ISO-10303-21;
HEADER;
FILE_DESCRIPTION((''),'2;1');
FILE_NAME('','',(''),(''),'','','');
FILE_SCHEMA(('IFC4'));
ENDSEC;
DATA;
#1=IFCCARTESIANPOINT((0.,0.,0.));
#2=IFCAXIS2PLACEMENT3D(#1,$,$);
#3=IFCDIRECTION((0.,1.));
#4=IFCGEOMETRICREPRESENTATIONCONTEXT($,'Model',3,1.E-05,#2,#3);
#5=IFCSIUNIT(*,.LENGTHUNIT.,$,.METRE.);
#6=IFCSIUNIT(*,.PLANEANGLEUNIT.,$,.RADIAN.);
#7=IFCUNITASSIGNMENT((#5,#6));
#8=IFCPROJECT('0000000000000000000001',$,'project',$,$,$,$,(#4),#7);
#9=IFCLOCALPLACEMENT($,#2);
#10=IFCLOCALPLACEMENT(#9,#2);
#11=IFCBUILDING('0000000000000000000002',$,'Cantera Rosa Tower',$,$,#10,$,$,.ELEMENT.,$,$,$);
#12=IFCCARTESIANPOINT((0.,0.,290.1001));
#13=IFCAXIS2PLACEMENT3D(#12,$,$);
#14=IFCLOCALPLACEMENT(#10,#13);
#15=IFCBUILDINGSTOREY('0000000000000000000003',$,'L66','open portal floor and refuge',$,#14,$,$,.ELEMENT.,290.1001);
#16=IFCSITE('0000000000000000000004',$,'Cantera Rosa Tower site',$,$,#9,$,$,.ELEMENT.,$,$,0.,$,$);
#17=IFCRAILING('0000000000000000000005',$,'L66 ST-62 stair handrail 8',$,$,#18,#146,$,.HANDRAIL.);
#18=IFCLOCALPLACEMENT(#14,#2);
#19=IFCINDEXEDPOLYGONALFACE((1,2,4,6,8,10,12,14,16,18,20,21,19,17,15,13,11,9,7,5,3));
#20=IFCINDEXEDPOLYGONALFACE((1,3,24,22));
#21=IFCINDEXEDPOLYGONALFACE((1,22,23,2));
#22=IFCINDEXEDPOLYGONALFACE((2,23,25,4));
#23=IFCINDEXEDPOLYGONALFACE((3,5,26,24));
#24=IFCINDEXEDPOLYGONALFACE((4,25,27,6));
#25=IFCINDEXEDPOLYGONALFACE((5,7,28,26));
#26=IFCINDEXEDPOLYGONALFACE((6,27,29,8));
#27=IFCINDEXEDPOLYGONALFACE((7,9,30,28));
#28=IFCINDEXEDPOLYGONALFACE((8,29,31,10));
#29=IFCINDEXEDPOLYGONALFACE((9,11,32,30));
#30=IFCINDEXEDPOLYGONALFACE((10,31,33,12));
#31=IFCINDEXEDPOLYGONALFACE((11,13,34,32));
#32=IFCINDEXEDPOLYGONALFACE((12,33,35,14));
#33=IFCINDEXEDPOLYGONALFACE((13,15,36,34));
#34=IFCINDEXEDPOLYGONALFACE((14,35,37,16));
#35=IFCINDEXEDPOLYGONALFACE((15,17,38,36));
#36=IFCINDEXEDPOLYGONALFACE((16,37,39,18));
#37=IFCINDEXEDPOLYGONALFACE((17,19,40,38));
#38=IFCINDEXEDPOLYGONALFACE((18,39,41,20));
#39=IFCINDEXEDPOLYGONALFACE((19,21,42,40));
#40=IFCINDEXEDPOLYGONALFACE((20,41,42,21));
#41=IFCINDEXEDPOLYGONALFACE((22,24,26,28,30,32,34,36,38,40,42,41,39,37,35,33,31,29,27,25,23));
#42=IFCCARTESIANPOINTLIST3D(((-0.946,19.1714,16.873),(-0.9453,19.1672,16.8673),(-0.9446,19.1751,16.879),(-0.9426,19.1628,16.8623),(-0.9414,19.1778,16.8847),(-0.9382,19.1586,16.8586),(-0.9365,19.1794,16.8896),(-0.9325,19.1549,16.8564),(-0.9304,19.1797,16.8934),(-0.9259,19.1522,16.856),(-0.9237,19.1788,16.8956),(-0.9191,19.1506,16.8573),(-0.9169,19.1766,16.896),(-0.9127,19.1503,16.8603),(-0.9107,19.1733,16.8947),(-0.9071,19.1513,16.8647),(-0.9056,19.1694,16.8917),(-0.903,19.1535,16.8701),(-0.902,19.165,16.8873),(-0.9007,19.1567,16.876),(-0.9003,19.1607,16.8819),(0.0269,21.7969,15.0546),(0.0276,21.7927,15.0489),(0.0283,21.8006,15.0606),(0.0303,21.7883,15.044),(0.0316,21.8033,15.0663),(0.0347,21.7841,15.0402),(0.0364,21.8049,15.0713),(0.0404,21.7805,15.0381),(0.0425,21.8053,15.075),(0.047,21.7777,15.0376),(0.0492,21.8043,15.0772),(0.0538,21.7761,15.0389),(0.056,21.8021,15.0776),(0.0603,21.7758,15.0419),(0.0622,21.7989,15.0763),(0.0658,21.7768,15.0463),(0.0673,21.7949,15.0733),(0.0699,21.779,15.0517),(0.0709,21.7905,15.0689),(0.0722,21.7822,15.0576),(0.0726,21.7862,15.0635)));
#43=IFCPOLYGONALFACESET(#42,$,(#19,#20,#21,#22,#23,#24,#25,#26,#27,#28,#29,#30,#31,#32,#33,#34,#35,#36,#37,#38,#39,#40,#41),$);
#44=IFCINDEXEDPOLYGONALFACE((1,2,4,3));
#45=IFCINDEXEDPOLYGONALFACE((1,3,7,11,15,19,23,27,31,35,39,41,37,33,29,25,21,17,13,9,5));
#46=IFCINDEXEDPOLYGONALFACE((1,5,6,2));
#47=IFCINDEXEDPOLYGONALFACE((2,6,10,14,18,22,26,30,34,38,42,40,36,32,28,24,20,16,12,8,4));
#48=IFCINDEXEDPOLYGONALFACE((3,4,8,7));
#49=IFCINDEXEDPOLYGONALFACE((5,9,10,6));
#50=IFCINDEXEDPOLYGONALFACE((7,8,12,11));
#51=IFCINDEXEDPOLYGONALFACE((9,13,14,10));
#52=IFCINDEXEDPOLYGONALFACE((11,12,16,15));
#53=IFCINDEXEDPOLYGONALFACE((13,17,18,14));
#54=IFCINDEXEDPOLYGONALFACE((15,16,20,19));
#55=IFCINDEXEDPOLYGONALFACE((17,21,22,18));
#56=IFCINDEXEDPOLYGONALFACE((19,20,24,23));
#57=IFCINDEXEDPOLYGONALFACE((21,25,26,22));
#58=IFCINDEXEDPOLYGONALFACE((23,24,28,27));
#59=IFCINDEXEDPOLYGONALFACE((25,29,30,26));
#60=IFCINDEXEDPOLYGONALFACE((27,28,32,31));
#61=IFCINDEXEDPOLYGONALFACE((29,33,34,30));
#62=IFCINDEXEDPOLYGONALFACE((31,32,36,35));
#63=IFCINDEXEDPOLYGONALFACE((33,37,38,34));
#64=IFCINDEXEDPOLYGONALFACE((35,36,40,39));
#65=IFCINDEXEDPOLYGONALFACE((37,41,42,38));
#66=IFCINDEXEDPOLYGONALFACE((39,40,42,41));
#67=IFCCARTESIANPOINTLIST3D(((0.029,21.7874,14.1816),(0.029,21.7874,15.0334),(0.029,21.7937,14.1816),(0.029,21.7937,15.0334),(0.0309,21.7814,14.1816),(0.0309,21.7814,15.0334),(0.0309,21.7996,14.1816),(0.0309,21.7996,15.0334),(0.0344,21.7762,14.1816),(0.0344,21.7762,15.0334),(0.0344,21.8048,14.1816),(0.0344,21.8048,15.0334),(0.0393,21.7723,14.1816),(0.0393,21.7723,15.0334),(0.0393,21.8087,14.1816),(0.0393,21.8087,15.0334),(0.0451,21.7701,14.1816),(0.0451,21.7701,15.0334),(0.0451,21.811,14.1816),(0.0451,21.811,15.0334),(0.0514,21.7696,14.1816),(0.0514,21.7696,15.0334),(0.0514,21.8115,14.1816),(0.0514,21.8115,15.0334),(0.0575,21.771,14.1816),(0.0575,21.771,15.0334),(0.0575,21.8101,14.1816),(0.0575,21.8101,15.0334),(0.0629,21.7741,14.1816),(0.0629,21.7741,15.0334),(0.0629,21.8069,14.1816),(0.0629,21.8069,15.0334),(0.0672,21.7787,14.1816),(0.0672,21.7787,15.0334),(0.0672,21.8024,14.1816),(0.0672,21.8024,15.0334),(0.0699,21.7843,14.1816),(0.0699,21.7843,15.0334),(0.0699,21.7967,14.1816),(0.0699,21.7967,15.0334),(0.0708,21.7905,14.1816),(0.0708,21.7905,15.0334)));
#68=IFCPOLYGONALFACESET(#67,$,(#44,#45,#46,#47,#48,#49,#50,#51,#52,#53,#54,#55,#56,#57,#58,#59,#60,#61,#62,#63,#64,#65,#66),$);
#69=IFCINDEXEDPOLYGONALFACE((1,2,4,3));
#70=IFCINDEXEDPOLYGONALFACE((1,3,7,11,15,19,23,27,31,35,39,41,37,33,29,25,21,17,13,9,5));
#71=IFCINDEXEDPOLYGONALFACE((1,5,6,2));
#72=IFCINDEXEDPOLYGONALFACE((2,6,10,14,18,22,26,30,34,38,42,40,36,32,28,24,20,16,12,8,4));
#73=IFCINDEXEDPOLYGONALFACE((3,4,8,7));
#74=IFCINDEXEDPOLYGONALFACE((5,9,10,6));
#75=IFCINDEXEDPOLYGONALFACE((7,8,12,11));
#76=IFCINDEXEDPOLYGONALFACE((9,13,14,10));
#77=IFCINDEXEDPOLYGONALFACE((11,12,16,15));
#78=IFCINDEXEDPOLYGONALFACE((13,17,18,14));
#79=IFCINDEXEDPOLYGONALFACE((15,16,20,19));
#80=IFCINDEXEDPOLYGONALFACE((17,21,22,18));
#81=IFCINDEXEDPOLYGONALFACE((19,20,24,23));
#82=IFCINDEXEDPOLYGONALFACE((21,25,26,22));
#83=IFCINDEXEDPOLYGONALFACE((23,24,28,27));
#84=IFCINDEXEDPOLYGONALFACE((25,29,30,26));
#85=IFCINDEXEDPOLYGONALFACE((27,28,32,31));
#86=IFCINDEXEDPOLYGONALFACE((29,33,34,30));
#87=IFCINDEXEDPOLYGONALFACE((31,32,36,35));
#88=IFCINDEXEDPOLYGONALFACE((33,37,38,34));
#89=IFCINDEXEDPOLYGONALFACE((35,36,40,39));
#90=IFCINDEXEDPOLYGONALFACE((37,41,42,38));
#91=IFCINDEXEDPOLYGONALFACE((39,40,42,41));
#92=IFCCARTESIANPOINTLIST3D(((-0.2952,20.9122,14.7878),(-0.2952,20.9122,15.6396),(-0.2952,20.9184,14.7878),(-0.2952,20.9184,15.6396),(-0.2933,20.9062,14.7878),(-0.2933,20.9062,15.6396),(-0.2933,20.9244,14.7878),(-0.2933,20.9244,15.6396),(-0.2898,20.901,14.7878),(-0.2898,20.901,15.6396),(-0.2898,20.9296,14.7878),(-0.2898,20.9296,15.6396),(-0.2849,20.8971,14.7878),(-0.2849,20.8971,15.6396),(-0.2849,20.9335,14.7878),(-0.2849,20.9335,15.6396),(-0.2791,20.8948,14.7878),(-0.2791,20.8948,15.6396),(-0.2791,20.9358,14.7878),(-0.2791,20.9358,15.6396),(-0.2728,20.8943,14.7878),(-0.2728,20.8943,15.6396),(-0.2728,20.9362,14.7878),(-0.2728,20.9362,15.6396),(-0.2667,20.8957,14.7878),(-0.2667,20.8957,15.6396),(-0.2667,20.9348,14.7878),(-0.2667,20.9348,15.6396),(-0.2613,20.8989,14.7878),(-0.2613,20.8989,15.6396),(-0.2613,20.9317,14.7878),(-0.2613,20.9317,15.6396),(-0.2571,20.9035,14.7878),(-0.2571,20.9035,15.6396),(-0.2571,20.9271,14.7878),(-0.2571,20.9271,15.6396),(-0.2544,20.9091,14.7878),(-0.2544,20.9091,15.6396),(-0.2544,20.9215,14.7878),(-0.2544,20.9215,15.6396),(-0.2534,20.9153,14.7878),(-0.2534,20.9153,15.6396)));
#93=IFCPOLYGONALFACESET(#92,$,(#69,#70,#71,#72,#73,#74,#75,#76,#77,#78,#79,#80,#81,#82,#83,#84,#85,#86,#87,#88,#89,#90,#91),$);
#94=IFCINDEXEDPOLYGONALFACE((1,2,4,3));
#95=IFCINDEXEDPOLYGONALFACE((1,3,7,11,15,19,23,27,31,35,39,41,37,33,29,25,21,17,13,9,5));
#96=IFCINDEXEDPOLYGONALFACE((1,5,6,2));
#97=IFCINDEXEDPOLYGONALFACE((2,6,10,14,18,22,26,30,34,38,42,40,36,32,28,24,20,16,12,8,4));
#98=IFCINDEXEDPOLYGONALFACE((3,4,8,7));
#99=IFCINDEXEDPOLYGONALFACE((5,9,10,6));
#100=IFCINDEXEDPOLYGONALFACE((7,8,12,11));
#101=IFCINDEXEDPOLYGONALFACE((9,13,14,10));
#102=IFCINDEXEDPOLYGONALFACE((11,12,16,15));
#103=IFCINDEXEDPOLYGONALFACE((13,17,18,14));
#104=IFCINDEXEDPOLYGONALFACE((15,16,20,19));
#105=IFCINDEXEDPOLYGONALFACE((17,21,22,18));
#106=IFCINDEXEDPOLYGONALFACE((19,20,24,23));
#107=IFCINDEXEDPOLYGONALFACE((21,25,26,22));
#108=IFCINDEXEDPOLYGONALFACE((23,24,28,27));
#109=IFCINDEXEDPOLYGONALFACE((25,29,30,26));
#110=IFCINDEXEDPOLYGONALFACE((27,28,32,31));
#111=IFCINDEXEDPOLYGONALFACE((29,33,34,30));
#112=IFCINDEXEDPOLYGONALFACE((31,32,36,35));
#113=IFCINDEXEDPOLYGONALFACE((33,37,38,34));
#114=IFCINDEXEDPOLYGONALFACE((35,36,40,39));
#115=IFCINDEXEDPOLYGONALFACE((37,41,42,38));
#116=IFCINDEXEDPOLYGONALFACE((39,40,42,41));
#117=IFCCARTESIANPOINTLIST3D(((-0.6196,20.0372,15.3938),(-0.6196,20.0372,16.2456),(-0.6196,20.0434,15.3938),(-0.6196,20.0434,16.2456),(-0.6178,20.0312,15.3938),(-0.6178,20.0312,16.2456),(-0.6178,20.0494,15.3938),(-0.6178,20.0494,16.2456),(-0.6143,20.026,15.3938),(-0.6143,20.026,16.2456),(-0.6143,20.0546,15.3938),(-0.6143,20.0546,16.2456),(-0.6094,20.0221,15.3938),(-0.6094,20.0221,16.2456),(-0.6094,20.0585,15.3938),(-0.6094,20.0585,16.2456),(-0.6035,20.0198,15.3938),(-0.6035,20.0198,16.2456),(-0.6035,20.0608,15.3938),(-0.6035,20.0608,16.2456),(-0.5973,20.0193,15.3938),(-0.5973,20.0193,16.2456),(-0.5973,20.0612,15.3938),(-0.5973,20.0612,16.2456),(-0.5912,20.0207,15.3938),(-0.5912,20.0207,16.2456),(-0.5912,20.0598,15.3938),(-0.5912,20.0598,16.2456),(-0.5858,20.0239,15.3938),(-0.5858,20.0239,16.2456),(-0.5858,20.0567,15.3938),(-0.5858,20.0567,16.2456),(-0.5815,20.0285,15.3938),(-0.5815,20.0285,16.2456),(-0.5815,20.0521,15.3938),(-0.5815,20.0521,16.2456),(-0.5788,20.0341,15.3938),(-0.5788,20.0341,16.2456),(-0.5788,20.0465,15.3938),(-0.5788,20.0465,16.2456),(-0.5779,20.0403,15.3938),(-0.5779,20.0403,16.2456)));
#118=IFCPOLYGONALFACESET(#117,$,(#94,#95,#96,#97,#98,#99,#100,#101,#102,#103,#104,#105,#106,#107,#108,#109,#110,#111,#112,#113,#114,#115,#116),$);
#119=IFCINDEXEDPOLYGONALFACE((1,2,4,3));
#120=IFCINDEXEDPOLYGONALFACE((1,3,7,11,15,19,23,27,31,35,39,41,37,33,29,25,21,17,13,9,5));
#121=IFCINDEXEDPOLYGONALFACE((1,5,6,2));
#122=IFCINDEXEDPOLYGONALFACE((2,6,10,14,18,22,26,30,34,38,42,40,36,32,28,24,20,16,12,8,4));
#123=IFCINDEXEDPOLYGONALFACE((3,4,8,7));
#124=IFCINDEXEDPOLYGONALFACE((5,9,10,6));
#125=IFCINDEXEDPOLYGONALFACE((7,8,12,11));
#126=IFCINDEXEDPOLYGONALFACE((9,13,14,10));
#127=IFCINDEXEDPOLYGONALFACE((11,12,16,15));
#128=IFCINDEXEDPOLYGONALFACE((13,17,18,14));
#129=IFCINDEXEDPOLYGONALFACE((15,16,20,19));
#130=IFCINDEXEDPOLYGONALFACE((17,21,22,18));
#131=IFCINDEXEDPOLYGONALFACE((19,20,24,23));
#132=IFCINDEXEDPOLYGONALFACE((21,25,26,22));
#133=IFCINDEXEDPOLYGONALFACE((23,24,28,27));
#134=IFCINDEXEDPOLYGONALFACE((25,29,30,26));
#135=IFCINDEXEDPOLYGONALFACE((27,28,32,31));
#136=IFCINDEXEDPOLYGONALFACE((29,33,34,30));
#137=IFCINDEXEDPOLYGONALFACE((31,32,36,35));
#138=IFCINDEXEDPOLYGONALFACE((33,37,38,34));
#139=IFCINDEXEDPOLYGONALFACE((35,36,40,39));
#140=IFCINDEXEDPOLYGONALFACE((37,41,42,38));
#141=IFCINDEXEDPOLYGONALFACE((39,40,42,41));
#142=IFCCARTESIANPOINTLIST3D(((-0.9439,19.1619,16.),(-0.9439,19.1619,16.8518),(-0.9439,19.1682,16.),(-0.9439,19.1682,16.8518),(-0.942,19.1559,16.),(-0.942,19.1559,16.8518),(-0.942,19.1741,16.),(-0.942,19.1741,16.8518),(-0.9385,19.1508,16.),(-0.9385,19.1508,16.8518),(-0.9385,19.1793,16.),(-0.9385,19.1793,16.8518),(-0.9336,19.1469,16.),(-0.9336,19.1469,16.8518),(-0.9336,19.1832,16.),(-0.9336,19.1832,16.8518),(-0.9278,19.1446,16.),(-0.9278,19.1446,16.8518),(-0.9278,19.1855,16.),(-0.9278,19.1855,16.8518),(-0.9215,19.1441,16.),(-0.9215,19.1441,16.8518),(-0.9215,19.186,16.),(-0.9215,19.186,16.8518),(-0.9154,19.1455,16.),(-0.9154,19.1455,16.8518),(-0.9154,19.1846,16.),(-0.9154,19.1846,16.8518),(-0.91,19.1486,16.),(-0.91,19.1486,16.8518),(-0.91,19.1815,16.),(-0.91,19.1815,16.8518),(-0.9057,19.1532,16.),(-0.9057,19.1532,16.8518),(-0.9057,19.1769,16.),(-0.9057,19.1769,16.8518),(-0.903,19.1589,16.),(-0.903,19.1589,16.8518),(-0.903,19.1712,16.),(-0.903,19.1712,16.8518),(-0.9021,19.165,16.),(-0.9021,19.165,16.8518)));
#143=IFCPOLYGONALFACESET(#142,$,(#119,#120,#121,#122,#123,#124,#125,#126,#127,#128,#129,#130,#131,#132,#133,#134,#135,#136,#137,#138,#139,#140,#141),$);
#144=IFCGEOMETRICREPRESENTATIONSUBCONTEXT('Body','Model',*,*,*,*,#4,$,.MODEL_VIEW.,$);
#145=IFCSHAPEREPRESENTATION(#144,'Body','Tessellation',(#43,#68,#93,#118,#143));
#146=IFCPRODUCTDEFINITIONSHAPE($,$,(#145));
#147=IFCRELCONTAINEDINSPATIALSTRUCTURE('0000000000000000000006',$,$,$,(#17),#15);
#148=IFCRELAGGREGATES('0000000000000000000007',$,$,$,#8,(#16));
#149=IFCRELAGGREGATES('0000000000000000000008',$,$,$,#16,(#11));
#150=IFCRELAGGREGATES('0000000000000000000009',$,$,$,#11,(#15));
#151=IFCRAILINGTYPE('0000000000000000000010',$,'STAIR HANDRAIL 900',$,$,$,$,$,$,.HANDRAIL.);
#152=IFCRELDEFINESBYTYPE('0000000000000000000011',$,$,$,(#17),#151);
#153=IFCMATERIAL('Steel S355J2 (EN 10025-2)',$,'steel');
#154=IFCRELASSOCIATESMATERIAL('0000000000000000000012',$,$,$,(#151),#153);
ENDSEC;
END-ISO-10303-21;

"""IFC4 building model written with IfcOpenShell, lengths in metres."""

from ifc_helpers import new_model, si_unit, direction, frame, origin, origin_2d, place, context, subcontext, project, spatial, circle, extrude, material, type_object, element, save


model = new_model("IFC4")

# Units and contexts
model_context = context("Model", 3, precision=1e-05, world=origin(), true_north=direction((0.0, 1.0)))
body_context = subcontext(model_context, "Body", "Model", "MODEL_VIEW")
ifc_project = project(units=[si_unit("LENGTHUNIT", "METRE"), si_unit("PLANEANGLEUNIT", "RADIAN")], contexts=[model_context])

# Site, building, storey
site_placement = place(None, origin())
site = spatial("IfcSite", under=ifc_project, at=site_placement, Name="Cantera Rosa Tower site", CompositionType="ELEMENT", RefElevation=0.0)
building_placement = place(site_placement, origin())
building = spatial("IfcBuilding", under=site, at=building_placement, Name="Cantera Rosa Tower", CompositionType="ELEMENT")
storey_placement = place(building_placement, frame((0.0, 0.0, 290.1001)))
storey = spatial("IfcBuildingStorey", under=building, at=storey_placement, Name="L66", Description="open portal floor and refuge", CompositionType="ELEMENT", Elevation=290.1001)

# Railing
ifc_material_1 = material(Name="Steel S355J2 (EN 10025-2)", Category="steel")
railing_type_1 = type_object("IfcRailingType", Name="STAIR HANDRAIL 900", PredefinedType="HANDRAIL", material=ifc_material_1)
for number, where, name in (
    (1, (0.0498, 21.7905, 14.1816), "L66 ST-62 stair handrail 8"),
):
    element("IfcRailing", number, at=place(storey_placement, frame(where)), inside=storey, type_object=railing_type_1, Name=name, PredefinedType="HANDRAIL", context=body_context, shape_type="SweptSolid", body=[
        extrude(circle(Radius=0.0239, at=origin_2d()), frame((0.0, 0.0, 0.876), z_axis=(-0.291411, -0.786407, 0.54465), x_axis=(0.937691, -0.347471, 0.0)), (0.0, 0.0, 1.0), 3.3386),
        extrude(circle(Radius=0.021, at=origin_2d()), origin(), (0.0, 0.0, 1.0), 0.8518),
        extrude(circle(Radius=0.021, at=origin_2d()), frame((-0.3242, -0.8752, 0.6062)), (0.0, 0.0, 1.0), 0.8518),
        extrude(circle(Radius=0.021, at=origin_2d()), frame((-0.6487, -1.7502, 1.2122)), (0.0, 0.0, 1.0), 0.8518),
        extrude(circle(Radius=0.021, at=origin_2d()), frame((-0.9729, -2.6255, 1.8184)), (0.0, 0.0, 1.0), 0.8518),
    ])

save(model, "model.ifc")
